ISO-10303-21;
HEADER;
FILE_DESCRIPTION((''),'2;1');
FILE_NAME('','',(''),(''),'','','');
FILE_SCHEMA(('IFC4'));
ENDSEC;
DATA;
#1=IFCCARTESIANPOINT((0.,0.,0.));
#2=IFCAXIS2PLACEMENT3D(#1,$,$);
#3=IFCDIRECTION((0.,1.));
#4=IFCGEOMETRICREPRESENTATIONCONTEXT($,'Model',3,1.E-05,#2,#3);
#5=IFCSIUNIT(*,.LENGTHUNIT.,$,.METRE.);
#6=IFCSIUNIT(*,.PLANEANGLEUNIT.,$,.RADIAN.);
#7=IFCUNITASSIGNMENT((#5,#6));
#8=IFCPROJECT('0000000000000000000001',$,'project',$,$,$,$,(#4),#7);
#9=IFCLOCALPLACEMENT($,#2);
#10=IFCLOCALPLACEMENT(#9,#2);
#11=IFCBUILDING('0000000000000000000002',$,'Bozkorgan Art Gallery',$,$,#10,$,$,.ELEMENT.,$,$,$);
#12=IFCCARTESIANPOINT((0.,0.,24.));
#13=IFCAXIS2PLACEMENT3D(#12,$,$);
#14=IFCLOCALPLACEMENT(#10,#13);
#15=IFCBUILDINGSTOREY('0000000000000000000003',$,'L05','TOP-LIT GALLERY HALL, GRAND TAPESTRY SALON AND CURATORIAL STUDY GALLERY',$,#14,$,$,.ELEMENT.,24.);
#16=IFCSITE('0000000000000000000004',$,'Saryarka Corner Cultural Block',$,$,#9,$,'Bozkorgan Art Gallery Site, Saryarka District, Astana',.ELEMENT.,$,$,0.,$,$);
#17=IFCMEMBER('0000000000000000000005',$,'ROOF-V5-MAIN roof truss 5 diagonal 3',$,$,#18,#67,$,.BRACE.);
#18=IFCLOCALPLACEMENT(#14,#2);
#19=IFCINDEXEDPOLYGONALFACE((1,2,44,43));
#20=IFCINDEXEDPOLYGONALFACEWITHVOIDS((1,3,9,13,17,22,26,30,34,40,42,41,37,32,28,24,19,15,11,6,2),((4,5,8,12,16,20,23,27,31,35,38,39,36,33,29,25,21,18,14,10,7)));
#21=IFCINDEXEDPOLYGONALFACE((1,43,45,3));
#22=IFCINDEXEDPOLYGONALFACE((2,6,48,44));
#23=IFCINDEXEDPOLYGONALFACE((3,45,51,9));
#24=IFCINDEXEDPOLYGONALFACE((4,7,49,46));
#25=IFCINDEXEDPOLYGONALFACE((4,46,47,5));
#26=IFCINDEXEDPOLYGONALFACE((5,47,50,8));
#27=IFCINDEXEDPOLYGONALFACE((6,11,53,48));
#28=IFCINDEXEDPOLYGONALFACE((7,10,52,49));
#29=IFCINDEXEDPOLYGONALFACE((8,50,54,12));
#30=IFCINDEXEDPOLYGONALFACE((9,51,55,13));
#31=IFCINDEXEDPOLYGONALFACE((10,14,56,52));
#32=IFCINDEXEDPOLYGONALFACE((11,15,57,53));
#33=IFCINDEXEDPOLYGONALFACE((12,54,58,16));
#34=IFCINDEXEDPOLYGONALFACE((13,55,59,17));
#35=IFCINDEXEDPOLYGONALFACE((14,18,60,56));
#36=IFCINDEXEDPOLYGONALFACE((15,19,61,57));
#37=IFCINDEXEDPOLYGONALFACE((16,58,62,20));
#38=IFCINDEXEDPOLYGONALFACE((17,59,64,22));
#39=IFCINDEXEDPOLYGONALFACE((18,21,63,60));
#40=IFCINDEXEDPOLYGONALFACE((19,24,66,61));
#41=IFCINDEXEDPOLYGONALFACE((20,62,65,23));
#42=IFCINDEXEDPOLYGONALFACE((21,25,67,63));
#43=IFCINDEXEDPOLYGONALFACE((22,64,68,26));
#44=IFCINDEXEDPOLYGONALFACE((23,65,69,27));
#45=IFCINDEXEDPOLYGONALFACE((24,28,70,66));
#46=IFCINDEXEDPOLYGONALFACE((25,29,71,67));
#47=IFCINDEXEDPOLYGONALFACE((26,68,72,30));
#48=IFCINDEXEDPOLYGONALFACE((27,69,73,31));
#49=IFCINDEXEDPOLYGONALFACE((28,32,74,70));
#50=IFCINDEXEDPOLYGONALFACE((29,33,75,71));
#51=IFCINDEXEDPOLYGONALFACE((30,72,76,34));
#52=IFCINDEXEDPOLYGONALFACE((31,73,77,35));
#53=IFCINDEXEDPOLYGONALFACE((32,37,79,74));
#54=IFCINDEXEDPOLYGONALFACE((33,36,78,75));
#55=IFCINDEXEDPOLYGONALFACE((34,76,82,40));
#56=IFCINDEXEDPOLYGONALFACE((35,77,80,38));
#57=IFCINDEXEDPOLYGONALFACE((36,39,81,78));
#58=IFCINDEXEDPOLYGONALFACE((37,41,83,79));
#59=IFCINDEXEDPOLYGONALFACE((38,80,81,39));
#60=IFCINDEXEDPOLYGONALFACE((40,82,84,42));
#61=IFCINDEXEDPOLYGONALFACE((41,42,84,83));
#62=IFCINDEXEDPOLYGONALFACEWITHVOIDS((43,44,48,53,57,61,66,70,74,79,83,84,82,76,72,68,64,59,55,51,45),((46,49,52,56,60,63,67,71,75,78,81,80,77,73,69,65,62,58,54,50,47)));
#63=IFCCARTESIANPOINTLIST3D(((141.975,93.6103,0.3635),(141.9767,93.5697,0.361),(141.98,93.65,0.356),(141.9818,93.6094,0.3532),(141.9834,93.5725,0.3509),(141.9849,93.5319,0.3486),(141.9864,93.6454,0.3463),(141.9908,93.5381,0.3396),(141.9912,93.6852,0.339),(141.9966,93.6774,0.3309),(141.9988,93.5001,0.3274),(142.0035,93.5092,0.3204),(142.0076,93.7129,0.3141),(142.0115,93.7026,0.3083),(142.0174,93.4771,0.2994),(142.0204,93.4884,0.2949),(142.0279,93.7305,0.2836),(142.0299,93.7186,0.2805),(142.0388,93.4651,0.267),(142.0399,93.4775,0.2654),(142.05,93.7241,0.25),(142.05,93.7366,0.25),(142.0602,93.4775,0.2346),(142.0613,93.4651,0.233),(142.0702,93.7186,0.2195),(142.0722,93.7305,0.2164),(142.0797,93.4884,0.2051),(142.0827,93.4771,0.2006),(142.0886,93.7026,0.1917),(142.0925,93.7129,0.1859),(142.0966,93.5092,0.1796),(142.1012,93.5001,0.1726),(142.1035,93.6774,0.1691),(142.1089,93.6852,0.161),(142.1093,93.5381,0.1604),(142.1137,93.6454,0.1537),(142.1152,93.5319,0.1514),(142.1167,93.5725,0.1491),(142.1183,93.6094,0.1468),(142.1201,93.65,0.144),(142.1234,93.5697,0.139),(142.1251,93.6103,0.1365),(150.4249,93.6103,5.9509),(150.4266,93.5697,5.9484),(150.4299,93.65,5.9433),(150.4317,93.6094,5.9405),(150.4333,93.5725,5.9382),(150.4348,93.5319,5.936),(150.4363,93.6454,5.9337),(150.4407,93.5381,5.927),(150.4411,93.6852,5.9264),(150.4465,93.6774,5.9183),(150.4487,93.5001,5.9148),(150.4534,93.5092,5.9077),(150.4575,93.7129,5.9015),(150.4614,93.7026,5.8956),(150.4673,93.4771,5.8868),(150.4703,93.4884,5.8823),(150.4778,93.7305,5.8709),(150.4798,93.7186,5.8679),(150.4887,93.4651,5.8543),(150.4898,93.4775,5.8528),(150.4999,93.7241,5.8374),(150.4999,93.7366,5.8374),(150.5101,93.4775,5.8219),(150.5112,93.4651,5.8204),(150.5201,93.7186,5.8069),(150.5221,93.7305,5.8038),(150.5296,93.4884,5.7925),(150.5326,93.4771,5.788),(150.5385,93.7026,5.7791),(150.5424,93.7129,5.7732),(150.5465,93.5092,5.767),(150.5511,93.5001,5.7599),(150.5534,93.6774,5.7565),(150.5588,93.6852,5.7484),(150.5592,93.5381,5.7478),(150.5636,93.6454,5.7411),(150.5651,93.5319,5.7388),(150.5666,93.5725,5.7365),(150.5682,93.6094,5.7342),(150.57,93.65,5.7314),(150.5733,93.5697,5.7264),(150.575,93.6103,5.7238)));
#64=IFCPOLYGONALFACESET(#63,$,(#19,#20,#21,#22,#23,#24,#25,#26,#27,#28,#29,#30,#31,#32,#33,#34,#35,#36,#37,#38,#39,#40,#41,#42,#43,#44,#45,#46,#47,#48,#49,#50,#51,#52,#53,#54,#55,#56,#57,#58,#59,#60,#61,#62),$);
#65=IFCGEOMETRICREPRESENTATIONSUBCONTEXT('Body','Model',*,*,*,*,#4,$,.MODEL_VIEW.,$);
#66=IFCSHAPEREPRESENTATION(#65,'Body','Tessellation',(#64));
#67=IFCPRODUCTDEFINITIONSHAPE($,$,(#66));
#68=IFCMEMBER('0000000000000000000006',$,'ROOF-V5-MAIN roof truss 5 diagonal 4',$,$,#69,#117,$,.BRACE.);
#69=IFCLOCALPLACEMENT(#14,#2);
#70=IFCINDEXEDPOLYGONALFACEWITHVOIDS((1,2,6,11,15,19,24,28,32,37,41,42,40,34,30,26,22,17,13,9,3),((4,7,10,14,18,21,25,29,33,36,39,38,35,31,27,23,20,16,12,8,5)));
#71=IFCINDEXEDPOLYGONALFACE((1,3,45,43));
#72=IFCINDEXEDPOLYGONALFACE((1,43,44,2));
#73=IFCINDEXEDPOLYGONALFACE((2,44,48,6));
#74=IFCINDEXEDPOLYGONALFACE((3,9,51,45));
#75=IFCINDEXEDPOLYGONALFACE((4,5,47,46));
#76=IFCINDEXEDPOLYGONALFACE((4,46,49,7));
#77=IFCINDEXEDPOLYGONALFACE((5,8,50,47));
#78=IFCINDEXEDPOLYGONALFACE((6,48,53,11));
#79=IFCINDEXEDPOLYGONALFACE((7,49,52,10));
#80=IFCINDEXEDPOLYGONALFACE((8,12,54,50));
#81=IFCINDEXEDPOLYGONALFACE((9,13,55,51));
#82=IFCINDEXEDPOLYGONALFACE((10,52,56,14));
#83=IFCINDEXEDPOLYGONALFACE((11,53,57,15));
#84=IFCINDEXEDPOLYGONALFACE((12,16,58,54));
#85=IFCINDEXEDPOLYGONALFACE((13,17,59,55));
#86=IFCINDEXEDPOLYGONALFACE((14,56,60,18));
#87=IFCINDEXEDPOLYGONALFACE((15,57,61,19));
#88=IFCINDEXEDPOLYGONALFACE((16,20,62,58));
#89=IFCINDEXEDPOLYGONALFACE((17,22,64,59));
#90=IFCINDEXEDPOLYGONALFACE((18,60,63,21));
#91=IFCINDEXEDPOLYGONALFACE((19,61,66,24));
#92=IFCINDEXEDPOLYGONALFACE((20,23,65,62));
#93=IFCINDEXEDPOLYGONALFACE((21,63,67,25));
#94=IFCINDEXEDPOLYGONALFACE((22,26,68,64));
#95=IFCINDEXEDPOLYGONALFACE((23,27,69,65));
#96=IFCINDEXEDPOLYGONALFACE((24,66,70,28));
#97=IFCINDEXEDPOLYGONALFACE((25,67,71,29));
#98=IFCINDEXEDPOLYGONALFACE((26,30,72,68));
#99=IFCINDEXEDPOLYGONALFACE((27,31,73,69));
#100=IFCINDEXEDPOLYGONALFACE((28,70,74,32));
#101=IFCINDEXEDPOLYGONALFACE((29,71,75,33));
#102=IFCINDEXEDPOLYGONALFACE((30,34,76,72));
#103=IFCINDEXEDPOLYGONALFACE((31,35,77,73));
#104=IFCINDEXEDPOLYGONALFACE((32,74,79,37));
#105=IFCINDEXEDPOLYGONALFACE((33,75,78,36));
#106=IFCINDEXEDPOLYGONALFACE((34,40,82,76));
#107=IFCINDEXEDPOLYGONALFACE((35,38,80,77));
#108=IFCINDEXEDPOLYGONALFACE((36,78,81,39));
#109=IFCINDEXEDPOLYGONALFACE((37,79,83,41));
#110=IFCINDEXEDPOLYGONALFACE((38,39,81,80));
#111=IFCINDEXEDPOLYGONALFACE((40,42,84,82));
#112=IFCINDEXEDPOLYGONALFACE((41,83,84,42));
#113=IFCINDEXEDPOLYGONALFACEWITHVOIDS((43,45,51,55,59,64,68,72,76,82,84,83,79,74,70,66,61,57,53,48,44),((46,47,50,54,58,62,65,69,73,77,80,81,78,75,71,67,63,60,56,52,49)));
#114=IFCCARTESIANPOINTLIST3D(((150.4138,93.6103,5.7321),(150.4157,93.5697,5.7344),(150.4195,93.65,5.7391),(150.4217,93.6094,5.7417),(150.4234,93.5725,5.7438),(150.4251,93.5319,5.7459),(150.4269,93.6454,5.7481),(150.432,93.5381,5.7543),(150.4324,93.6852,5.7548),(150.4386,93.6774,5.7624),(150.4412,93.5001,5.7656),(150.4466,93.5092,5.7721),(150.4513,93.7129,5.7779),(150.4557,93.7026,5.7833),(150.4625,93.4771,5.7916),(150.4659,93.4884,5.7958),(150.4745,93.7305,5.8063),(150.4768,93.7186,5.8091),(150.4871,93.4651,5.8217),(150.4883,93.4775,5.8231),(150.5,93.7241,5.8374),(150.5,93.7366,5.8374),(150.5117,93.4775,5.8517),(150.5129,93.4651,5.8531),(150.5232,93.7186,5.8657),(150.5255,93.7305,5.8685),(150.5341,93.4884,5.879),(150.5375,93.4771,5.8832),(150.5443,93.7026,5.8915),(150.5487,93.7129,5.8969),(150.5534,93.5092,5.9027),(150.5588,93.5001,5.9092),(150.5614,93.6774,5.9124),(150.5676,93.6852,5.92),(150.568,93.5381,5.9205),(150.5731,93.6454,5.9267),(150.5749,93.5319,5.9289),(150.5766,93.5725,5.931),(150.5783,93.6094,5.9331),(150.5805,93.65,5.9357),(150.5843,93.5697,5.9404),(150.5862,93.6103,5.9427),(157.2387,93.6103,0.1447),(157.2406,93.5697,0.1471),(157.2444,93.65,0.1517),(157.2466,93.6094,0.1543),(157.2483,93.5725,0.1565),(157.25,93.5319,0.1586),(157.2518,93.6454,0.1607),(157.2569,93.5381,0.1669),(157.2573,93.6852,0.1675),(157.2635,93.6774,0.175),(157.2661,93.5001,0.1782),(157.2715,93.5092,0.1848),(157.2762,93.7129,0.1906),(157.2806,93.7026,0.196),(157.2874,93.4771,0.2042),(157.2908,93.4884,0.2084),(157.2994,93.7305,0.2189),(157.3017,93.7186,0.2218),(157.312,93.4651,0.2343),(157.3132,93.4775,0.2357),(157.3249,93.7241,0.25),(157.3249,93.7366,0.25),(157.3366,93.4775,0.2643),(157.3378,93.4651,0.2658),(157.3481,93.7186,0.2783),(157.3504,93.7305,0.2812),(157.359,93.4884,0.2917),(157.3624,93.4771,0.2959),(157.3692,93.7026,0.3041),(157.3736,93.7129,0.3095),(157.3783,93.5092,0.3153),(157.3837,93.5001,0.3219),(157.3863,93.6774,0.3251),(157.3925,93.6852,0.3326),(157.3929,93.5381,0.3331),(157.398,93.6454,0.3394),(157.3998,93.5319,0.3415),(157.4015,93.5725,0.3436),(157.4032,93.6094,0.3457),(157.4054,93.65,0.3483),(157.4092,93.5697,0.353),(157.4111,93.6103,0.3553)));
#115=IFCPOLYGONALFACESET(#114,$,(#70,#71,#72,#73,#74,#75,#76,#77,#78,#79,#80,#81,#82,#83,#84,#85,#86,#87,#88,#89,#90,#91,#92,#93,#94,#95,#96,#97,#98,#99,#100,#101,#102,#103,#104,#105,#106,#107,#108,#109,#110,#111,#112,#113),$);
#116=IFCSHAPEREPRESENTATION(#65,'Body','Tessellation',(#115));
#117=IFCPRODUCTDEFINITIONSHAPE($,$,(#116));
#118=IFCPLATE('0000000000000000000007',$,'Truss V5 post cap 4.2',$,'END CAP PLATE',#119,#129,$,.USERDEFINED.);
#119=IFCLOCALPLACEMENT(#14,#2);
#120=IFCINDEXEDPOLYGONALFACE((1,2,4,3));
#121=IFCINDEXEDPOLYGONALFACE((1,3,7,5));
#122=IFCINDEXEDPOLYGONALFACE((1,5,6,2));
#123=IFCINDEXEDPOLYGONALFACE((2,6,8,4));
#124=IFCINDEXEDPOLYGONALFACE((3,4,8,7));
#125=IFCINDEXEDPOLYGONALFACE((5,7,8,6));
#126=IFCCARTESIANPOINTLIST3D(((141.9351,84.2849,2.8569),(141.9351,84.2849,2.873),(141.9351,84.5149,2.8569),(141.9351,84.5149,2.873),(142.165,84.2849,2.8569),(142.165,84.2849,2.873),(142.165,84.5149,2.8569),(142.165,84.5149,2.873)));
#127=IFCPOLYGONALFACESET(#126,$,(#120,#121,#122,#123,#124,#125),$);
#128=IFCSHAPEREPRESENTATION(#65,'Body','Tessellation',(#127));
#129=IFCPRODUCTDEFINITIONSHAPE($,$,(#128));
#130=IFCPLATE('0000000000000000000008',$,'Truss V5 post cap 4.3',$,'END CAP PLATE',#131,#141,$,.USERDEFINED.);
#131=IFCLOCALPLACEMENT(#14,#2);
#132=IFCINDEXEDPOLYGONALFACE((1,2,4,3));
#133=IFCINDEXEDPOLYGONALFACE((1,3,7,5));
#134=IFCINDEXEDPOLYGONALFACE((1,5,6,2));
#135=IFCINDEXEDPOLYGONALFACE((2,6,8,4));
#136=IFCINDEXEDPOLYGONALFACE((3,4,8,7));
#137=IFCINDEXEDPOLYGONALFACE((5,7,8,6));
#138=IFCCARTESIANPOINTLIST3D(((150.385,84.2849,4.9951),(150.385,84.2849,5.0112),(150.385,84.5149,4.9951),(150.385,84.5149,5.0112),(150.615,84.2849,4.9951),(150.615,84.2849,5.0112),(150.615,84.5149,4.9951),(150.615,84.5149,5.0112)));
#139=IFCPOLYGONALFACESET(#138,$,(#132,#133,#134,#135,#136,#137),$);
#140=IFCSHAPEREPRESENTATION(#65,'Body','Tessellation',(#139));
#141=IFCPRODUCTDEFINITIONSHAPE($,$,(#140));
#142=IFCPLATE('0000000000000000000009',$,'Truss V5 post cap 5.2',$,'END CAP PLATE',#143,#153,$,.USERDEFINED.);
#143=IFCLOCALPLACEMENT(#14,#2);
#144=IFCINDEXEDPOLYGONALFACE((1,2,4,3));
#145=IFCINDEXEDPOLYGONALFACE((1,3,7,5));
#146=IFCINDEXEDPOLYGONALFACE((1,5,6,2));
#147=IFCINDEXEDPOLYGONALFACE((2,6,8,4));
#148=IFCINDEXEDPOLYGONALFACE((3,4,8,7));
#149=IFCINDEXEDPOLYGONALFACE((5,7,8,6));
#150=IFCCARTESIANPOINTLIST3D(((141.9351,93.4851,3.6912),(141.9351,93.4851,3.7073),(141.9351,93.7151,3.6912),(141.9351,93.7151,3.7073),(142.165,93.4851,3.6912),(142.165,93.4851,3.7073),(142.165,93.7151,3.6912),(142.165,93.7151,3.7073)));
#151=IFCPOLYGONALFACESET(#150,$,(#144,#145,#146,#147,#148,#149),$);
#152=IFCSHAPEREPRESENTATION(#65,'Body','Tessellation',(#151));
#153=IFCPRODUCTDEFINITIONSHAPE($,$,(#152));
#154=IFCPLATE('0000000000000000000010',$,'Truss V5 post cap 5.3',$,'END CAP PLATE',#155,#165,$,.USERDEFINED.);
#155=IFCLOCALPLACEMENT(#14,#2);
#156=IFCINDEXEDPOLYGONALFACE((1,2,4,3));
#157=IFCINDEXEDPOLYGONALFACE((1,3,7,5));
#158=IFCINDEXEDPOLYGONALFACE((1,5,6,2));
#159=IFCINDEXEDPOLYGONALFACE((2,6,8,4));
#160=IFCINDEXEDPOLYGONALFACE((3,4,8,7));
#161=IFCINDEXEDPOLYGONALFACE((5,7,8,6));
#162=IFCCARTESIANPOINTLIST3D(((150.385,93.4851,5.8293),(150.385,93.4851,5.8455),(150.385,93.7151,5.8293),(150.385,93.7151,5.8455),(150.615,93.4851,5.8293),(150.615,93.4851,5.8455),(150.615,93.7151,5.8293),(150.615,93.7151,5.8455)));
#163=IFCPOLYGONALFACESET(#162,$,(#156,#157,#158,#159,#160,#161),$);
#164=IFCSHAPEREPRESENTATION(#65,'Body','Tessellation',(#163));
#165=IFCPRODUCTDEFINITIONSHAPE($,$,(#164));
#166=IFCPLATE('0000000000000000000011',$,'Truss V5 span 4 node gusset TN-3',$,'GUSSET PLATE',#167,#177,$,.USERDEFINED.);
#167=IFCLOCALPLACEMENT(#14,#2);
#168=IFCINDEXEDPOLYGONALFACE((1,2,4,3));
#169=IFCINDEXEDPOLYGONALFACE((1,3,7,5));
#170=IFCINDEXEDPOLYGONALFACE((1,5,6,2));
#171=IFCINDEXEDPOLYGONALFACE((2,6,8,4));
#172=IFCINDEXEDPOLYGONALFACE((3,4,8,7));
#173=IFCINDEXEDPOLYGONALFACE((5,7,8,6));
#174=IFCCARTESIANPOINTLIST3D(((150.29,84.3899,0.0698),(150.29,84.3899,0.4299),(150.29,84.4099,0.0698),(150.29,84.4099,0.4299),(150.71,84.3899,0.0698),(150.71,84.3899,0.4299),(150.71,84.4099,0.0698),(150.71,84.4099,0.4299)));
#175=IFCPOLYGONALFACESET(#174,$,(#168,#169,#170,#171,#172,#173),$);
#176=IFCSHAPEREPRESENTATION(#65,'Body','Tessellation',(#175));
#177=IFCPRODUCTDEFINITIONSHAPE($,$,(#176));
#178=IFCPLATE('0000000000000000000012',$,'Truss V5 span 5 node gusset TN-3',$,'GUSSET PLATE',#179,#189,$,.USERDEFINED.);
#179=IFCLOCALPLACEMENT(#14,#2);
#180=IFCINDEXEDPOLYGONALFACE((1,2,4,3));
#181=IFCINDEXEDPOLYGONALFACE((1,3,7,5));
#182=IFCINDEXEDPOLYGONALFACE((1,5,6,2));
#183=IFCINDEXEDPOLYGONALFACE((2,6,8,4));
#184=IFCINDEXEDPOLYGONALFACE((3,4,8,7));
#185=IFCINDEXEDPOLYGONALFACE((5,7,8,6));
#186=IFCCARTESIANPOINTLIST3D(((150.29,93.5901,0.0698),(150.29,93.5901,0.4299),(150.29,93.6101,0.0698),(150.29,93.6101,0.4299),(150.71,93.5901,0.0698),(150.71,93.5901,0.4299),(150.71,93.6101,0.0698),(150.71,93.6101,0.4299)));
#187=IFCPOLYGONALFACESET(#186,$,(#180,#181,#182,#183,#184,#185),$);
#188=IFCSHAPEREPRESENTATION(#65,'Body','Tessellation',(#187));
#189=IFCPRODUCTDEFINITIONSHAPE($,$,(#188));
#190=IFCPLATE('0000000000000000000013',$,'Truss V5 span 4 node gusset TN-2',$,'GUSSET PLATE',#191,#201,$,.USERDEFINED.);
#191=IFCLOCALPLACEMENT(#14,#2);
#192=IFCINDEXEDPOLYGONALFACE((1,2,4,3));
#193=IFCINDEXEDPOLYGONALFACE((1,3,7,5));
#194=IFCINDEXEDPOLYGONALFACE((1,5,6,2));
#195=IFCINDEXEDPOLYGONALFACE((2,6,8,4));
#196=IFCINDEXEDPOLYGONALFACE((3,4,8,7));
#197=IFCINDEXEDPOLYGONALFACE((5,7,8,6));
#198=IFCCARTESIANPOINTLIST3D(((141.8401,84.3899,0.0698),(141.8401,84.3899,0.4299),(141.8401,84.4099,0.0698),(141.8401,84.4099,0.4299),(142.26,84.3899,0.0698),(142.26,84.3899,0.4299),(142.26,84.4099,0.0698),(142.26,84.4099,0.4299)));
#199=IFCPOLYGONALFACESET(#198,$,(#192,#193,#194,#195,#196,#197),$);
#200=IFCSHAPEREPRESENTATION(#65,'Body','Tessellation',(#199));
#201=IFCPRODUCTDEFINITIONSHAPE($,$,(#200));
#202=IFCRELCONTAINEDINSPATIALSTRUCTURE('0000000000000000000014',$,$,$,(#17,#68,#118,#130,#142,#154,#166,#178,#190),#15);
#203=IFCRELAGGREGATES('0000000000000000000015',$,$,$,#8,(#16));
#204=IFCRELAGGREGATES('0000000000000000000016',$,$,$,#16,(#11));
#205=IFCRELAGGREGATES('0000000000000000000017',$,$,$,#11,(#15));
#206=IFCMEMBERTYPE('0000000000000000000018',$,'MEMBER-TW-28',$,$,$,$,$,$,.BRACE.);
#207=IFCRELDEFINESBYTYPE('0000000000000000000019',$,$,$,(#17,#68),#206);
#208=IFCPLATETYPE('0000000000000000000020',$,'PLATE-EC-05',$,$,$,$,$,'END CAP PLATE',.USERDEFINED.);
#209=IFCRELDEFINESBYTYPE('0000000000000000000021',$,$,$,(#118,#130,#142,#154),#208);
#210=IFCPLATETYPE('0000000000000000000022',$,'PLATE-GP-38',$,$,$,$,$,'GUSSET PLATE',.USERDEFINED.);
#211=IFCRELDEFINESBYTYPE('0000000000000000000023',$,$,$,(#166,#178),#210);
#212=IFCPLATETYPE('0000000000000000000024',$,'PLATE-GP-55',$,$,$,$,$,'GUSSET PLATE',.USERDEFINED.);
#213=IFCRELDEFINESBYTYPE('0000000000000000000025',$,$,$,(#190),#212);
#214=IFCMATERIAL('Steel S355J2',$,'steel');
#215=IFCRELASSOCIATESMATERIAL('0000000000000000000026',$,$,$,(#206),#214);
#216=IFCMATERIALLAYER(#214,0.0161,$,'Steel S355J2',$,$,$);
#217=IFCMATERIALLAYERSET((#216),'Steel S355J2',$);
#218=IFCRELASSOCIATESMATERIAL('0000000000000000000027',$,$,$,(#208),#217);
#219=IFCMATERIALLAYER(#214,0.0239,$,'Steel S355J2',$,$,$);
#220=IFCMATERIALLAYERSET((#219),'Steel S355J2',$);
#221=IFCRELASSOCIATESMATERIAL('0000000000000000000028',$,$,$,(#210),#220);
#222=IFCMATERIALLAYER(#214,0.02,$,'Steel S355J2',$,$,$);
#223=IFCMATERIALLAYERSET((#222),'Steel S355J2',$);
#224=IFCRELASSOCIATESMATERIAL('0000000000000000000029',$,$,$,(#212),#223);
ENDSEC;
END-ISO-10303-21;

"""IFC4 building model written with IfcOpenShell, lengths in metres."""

from ifc_helpers import new_model, si_unit, direction, frame, origin, origin_2d, place, context, subcontext, project, spatial, rectangle, hollow_circle, extrude, material, layer, layer_set, material_profile, profile_set, type_object, element, save


model = new_model("IFC4")

# Units and contexts
model_context = context("Model", 3, precision=1e-05, world=origin(), true_north=direction((0.0, 1.0)))
body_context = subcontext(model_context, "Body", "Model", "MODEL_VIEW")
ifc_project = project(units=[si_unit("LENGTHUNIT", "METRE"), si_unit("PLANEANGLEUNIT", "RADIAN")], contexts=[model_context])

# Site, building, storey
site_placement = place(None, origin())
site = spatial("IfcSite", under=ifc_project, at=site_placement, Name="Saryarka Corner Cultural Block", LongName="Bozkorgan Art Gallery Site, Saryarka District, Astana", CompositionType="ELEMENT", RefElevation=0.0)
building_placement = place(site_placement, origin())
building = spatial("IfcBuilding", under=site, at=building_placement, Name="Bozkorgan Art Gallery", CompositionType="ELEMENT")
storey_placement = place(building_placement, frame((0.0, 0.0, 24.0)))
storey = spatial("IfcBuildingStorey", under=building, at=storey_placement, Name="L05", Description="TOP-LIT GALLERY HALL, GRAND TAPESTRY SALON AND CURATORIAL STUDY GALLERY", CompositionType="ELEMENT", Elevation=24.0)

# Members
ifc_material_1 = material(Name="Steel S355J2", Category="steel")
ifc_material_profile_1 = material_profile(ifc_material_1, hollow_circle(Radius=0.1365, WallThickness=0.0125, at=origin_2d()), Name="CHS 273x12.5")
ifc_profile_set_1 = profile_set([ifc_material_profile_1], Name="Steel S355J2")
member_type_1 = type_object("IfcMemberType", Name="MEMBER-TW-28", PredefinedType="BRACE", material=ifc_profile_set_1)
member_1_placement = place(storey_placement, frame((142.05, 93.6001, 0.25), z_axis=(0.834136, 0.0, 0.55156), x_axis=(0.0, 1.0, 0.0)))
element("IfcMember", 1, at=member_1_placement, inside=storey, type_object=member_type_1, Name="ROOF-V5-MAIN roof truss 5 diagonal 3", PredefinedType="BRACE", context=body_context, shape_type="SweptSolid", body=[
    extrude(hollow_circle(Radius=0.1365, WallThickness=0.0125, at=origin_2d()), origin(), (0.0, 0.0, 1.0), 10.1301),
])
member_2_placement = place(storey_placement, frame((150.5, 93.6001, 5.8374), z_axis=(0.773771, 0.0, -0.633465), x_axis=(0.0, 1.0, 0.0)))
element("IfcMember", 2, at=member_2_placement, inside=storey, type_object=member_type_1, Name="ROOF-V5-MAIN roof truss 5 diagonal 4", PredefinedType="BRACE", context=body_context, shape_type="SweptSolid", body=[
    extrude(hollow_circle(Radius=0.1365, WallThickness=0.0125, at=origin_2d()), origin(), (0.0, 0.0, 1.0), 8.8203),
])

# Plates
ifc_layer_1 = layer(ifc_material_1, 0.0161, Name="Steel S355J2")
ifc_layer_set_1 = layer_set([ifc_layer_1], Name="Steel S355J2")
plate_type_1 = type_object("IfcPlateType", Name="PLATE-EC-05", ElementType="END CAP PLATE", PredefinedType="USERDEFINED", material=ifc_layer_set_1)
for number, where, z_axis, x_axis, name in (
    (3, (142.05, 84.3999, 2.8569), (0.0, 0.0, 1.0), (1.0, 0.0, 0.0), "Truss V5 post cap 4.2"),
    (4, (150.5, 84.3999, 4.9951), (0.0, 0.0, 1.0), (1.0, 0.0, 0.0), "Truss V5 post cap 4.3"),
    (5, (142.05, 93.6001, 3.6912), (0.0, 0.0, 1.0), (1.0, 0.0, 0.0), "Truss V5 post cap 5.2"),
    (6, (150.5, 93.6001, 5.8293), (0.0, 0.0, 1.0), (1.0, 0.0, 0.0), "Truss V5 post cap 5.3"),
):
    element("IfcPlate", number, at=place(storey_placement, frame(where, z_axis=z_axis, x_axis=x_axis)), inside=storey, type_object=plate_type_1, Name=name, ObjectType="END CAP PLATE", PredefinedType="USERDEFINED", context=body_context, shape_type="SweptSolid", body=[
        extrude(rectangle(XDim=0.23, YDim=0.23, at=origin_2d()), origin(), (0.0, 0.0, 1.0), 0.0161),
    ])
ifc_layer_2 = layer(ifc_material_1, 0.0239, Name="Steel S355J2")
ifc_layer_set_2 = layer_set([ifc_layer_2], Name="Steel S355J2")
plate_type_2 = type_object("IfcPlateType", Name="PLATE-GP-38", ElementType="GUSSET PLATE", PredefinedType="USERDEFINED", material=ifc_layer_set_2)
for number, where, z_axis, x_axis, name in (
    (7, (150.5, 84.3999, 0.0698), (0.0, 0.0, 1.0), (1.0, 0.0, 0.0), "Truss V5 span 4 node gusset TN-3"),
    (8, (150.5, 93.6001, 0.0698), (0.0, 0.0, 1.0), (1.0, 0.0, 0.0), "Truss V5 span 5 node gusset TN-3"),
):
    element("IfcPlate", number, at=place(storey_placement, frame(where, z_axis=z_axis, x_axis=x_axis)), inside=storey, type_object=plate_type_2, Name=name, ObjectType="GUSSET PLATE", PredefinedType="USERDEFINED", context=body_context, shape_type="SweptSolid", body=[
        extrude(rectangle(XDim=0.4199, YDim=0.02, at=origin_2d()), origin(), (0.0, 0.0, 1.0), 0.3601),
    ])
ifc_layer_3 = layer(ifc_material_1, 0.02, Name="Steel S355J2")
ifc_layer_set_3 = layer_set([ifc_layer_3], Name="Steel S355J2")
plate_type_3 = type_object("IfcPlateType", Name="PLATE-GP-55", ElementType="GUSSET PLATE", PredefinedType="USERDEFINED", material=ifc_layer_set_3)
for number, where, z_axis, x_axis, name in (
    (9, (142.05, 84.3999, 0.0698), (0.0, 0.0, 1.0), (1.0, 0.0, 0.0), "Truss V5 span 4 node gusset TN-2"),
):
    element("IfcPlate", number, at=place(storey_placement, frame(where, z_axis=z_axis, x_axis=x_axis)), inside=storey, type_object=plate_type_3, Name=name, ObjectType="GUSSET PLATE", PredefinedType="USERDEFINED", context=body_context, shape_type="SweptSolid", body=[
        extrude(rectangle(XDim=0.4199, YDim=0.02, at=origin_2d()), origin(), (0.0, 0.0, 1.0), 0.3601),
    ])

save(model, "model.ifc")
